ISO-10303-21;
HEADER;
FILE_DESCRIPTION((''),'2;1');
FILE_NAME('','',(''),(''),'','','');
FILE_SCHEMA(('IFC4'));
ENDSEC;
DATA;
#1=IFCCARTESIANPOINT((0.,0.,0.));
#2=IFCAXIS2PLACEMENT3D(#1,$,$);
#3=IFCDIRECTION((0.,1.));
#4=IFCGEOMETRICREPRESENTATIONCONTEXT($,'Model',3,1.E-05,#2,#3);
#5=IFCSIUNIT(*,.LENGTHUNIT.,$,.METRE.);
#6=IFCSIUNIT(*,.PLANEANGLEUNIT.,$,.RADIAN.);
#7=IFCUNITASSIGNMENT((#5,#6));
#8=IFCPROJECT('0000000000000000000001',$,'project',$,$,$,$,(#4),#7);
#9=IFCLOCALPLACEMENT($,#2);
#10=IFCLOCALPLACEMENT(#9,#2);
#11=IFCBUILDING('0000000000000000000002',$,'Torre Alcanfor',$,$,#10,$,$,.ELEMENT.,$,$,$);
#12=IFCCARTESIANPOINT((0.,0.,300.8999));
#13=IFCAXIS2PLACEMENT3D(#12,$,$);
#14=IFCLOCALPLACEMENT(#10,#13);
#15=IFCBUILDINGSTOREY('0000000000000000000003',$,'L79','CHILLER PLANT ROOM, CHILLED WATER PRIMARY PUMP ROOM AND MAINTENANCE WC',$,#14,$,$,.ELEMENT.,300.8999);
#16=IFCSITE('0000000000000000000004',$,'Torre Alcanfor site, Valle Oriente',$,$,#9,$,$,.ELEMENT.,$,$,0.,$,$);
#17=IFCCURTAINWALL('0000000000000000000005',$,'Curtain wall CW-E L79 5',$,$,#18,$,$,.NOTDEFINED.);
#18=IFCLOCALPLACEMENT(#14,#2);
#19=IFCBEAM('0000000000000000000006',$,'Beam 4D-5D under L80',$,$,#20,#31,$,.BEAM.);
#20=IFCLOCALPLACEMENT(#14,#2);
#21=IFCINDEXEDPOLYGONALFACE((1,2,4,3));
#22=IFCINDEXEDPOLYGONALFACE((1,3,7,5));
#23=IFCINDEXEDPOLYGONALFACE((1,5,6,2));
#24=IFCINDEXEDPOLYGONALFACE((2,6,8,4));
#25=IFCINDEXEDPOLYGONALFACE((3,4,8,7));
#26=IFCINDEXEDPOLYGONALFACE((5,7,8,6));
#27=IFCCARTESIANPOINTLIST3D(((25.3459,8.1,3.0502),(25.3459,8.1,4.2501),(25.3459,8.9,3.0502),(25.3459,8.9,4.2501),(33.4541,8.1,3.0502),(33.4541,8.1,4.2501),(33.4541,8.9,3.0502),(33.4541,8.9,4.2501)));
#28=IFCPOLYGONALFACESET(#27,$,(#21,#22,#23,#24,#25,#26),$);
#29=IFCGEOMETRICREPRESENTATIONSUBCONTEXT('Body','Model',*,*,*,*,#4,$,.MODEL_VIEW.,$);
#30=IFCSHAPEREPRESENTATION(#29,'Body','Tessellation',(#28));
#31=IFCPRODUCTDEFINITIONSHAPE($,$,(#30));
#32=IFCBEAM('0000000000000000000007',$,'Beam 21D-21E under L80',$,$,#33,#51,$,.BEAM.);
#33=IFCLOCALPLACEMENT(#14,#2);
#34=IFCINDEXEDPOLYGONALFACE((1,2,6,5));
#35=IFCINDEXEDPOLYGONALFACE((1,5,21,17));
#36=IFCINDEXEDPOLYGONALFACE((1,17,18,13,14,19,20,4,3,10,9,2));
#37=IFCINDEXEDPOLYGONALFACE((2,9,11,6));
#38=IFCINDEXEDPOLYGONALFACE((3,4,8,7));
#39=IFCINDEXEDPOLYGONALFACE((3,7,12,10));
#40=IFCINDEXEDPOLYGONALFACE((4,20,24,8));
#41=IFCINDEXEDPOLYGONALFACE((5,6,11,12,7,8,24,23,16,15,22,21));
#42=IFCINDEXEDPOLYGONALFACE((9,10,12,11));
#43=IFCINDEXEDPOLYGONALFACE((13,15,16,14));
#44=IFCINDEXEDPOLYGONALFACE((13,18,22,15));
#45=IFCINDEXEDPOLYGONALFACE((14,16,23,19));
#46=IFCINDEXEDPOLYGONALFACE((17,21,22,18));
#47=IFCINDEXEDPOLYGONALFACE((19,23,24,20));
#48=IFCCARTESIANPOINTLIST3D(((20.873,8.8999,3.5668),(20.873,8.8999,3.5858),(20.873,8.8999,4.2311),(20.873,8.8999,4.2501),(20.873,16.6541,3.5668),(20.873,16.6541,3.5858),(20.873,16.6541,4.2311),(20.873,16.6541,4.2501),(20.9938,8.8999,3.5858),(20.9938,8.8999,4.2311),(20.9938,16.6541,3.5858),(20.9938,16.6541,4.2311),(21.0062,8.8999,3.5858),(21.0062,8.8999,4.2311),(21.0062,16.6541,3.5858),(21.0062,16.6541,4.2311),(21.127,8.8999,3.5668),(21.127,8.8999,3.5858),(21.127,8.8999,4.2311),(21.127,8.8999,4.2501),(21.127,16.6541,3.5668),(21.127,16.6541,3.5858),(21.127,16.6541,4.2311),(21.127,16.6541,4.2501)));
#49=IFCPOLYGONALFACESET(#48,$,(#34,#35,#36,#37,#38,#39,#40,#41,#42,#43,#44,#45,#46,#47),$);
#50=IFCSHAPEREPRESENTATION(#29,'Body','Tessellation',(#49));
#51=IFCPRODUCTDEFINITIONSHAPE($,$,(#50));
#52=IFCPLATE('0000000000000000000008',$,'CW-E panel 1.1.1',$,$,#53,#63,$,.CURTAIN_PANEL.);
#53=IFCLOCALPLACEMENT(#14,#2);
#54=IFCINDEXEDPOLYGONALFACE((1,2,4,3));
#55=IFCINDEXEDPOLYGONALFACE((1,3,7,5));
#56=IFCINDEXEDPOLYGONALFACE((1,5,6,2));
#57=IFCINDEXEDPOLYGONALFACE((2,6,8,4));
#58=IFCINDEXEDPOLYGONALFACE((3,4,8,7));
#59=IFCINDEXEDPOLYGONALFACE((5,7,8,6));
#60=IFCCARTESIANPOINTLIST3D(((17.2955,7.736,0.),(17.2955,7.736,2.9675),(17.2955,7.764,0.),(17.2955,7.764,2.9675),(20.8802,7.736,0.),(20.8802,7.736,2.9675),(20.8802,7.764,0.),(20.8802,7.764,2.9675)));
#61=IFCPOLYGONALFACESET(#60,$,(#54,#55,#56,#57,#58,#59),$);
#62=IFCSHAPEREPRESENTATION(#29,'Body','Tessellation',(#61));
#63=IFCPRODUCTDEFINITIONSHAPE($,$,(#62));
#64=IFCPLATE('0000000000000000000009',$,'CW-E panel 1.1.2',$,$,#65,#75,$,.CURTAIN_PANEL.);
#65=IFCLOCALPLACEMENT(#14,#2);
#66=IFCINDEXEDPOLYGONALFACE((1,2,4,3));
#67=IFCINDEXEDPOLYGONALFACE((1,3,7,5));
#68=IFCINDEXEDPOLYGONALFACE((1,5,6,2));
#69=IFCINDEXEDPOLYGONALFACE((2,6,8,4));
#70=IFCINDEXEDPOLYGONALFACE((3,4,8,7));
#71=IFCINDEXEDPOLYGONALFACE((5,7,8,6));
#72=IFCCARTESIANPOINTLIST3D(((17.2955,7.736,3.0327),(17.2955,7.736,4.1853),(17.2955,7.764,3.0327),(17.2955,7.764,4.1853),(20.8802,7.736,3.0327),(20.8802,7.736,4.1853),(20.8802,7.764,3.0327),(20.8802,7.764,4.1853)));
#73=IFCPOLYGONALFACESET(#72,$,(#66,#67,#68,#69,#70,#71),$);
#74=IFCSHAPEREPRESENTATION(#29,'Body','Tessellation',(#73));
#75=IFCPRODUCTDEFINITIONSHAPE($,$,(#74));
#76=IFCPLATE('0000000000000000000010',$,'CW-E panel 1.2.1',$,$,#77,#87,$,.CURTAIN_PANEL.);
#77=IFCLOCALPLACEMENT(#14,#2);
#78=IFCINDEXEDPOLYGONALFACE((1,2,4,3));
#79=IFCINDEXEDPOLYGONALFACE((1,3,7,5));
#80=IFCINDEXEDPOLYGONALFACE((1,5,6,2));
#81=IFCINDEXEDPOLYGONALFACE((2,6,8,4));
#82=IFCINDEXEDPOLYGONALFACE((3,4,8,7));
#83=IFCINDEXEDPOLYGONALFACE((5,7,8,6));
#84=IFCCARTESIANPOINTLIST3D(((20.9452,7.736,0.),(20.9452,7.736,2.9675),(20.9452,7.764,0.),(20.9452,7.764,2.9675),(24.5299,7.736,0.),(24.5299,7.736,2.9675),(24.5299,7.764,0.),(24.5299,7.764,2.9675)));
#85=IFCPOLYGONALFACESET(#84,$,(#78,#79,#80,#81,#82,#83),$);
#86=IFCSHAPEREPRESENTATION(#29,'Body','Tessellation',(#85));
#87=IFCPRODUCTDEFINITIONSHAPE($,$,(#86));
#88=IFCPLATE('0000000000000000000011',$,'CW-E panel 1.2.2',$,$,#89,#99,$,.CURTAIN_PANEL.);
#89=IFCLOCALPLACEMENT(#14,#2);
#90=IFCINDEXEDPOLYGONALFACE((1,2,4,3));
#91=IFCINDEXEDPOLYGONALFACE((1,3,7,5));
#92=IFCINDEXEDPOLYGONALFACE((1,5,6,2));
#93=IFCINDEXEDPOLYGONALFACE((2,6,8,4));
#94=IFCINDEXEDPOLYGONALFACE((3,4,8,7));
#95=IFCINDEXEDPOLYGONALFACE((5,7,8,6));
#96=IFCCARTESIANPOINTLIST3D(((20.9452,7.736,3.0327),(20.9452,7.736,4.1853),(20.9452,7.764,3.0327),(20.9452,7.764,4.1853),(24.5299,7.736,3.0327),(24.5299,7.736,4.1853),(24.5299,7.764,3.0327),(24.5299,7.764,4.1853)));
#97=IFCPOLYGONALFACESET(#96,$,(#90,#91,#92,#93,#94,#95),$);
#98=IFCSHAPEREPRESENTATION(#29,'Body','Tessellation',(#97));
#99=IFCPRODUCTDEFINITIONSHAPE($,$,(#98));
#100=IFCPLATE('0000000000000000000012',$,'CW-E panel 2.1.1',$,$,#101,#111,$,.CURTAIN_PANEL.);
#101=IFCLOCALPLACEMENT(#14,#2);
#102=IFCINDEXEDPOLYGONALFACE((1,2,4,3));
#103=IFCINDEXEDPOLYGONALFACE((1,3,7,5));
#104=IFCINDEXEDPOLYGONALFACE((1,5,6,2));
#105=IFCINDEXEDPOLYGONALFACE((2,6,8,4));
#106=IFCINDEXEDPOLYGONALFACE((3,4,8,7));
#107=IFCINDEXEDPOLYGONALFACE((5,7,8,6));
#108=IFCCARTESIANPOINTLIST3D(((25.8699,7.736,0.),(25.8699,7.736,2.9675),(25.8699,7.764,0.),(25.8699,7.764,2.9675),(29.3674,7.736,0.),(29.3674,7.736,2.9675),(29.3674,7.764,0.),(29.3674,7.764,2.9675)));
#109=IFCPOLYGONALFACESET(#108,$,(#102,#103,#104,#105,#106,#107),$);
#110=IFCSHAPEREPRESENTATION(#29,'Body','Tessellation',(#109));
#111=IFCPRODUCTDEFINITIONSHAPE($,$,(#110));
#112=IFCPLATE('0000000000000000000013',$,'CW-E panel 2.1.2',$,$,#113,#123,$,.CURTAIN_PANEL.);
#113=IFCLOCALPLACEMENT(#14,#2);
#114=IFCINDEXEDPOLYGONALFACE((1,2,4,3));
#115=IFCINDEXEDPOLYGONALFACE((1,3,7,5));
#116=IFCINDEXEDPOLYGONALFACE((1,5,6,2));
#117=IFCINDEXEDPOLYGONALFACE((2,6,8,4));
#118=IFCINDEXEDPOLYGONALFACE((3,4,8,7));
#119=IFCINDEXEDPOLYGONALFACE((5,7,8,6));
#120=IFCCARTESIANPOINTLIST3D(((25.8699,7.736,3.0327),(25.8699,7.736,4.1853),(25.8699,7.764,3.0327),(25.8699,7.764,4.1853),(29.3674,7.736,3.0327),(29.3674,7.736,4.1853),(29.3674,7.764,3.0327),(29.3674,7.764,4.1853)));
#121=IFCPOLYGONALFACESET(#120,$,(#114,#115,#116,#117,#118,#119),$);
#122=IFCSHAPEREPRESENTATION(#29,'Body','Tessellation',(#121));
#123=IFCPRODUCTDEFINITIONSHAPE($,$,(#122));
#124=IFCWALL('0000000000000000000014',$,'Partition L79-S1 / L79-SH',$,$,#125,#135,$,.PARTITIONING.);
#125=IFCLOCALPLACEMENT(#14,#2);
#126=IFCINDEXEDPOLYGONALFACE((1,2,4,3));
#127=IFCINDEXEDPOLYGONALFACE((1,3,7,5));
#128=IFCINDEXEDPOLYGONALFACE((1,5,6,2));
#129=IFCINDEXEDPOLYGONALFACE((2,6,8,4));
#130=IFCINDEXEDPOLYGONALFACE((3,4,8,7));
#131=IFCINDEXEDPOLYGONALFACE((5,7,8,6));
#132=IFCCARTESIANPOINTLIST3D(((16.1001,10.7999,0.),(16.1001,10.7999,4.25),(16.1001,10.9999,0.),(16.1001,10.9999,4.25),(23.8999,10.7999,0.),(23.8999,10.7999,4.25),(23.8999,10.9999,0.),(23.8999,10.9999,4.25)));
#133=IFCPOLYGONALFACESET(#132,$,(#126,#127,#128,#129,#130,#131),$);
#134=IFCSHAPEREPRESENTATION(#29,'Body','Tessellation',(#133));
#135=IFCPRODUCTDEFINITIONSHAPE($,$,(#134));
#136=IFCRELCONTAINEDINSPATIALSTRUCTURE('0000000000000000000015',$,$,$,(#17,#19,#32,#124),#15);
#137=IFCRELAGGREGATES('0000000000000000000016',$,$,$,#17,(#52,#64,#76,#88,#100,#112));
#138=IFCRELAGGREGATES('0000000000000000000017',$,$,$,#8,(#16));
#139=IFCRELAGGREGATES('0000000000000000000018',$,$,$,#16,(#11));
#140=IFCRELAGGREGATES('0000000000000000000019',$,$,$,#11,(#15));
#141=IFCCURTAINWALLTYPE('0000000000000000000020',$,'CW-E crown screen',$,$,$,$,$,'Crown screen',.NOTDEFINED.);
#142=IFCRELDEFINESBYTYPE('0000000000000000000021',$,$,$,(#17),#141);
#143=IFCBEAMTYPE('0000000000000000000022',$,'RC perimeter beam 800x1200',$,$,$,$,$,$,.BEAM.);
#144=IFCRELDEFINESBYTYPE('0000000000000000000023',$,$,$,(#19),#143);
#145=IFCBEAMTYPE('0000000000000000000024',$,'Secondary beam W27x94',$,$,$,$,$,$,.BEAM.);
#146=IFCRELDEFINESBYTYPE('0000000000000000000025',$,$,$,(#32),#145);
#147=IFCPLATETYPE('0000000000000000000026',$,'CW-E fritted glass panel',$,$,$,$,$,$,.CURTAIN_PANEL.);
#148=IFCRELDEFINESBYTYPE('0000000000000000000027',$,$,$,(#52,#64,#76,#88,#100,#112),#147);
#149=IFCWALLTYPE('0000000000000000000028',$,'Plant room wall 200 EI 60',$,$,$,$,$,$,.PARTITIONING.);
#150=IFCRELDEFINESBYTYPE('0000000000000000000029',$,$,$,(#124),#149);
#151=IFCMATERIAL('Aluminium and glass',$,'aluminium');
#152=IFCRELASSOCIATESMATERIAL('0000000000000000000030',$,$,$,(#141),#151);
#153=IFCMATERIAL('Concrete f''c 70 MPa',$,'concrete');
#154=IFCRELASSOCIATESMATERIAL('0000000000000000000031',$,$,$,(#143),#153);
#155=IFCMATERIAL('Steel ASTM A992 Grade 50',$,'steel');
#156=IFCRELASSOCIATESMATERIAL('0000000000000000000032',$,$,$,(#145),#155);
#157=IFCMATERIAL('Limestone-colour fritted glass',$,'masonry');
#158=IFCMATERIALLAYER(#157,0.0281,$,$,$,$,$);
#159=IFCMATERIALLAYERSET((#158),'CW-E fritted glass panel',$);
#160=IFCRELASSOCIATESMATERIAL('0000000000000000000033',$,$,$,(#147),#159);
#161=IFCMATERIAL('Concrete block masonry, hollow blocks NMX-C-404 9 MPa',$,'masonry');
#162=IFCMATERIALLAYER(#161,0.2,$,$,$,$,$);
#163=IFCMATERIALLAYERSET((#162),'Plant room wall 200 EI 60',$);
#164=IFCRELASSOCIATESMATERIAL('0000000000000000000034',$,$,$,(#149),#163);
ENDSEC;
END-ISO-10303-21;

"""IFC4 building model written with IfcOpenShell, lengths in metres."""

from ifc_helpers import new_model, si_unit, direction, frame, frame_2d, origin, origin_2d, place, context, subcontext, project, spatial, rectangle, i_section, extrude, material, layer, layer_set, material_profile, profile_set, type_object, element, aggregate, save


model = new_model("IFC4")

# Units and contexts
model_context = context("Model", 3, precision=1e-05, world=origin(), true_north=direction((0.0, 1.0)))
body_context = subcontext(model_context, "Body", "Model", "MODEL_VIEW")
ifc_project = project(units=[si_unit("LENGTHUNIT", "METRE"), si_unit("PLANEANGLEUNIT", "RADIAN")], contexts=[model_context])

# Site, building, storey
site_placement = place(None, origin())
site = spatial("IfcSite", under=ifc_project, at=site_placement, Name="Torre Alcanfor site, Valle Oriente", CompositionType="ELEMENT", RefElevation=0.0)
building_placement = place(site_placement, origin())
building = spatial("IfcBuilding", under=site, at=building_placement, Name="Torre Alcanfor", CompositionType="ELEMENT")
storey_placement = place(building_placement, frame((0.0, 0.0, 300.8999)))
storey = spatial("IfcBuildingStorey", under=building, at=storey_placement, Name="L79", Description="CHILLER PLANT ROOM, CHILLED WATER PRIMARY PUMP ROOM AND MAINTENANCE WC", CompositionType="ELEMENT", Elevation=300.8999)

# Curtain wall
ifc_material_1 = material(Name="Aluminium and glass", Category="aluminium")
curtain_wall_type = type_object("IfcCurtainWallType", Name="CW-E crown screen", ElementType="Crown screen", PredefinedType="NOTDEFINED", material=ifc_material_1)
curtain_wall_placement = place(storey_placement, origin())
curtain_wall = element("IfcCurtainWall", 1, at=curtain_wall_placement, inside=storey, type_object=curtain_wall_type, Name="Curtain wall CW-E L79 5", PredefinedType="NOTDEFINED")

# Beams
ifc_material_2 = material(Name="Concrete f'c 70 MPa", Category="concrete")
ifc_material_profile_1 = material_profile(ifc_material_2, rectangle(XDim=0.8, YDim=1.2, at=origin_2d()), Name="800x1200")
ifc_profile_set_1 = profile_set([ifc_material_profile_1], Name="Concrete f'c 70 MPa")
beam_type_1 = type_object("IfcBeamType", Name="RC perimeter beam 800x1200", PredefinedType="BEAM", material=ifc_profile_set_1)
beam_1_placement = place(storey_placement, frame((25.3459, 8.5, 3.6501), z_axis=(1.0, 0.0, 0.0), x_axis=(0.0, 1.0, 0.0)))
element("IfcBeam", 2, at=beam_1_placement, inside=storey, type_object=beam_type_1, Name="Beam 4D-5D under L80", PredefinedType="BEAM", context=body_context, shape_type="SweptSolid", body=[
    extrude(rectangle(XDim=0.8, YDim=1.2, at=origin_2d()), origin(), (0.0, 0.0, 1.0), 8.1082),
])
ifc_material_3 = material(Name="Steel ASTM A992 Grade 50", Category="steel")
ifc_material_profile_2 = material_profile(ifc_material_3, i_section(OverallWidth=0.2539, OverallDepth=0.6833, WebThickness=0.0125, FlangeThickness=0.019, at=origin_2d()), Name="W27x94")
ifc_profile_set_2 = profile_set([ifc_material_profile_2], Name="Steel ASTM A992 Grade 50")
beam_type_2 = type_object("IfcBeamType", Name="Secondary beam W27x94", PredefinedType="BEAM", material=ifc_profile_set_2)
beam_2_placement = place(storey_placement, frame((21.0, 8.8999, 3.9084), z_axis=(0.0, 1.0, 0.0), x_axis=(-1.0, 0.0, 0.0)))
element("IfcBeam", 3, at=beam_2_placement, inside=storey, type_object=beam_type_2, Name="Beam 21D-21E under L80", PredefinedType="BEAM", context=body_context, shape_type="SweptSolid", body=[
    extrude(i_section(OverallWidth=0.2539, OverallDepth=0.6833, WebThickness=0.0125, FlangeThickness=0.019, at=origin_2d()), origin(), (0.0, 0.0, 1.0), 7.7542),
])

# Plates
ifc_material_4 = material(Name="Limestone-colour fritted glass", Category="masonry")
ifc_layer_1 = layer(ifc_material_4, 0.0281)
ifc_layer_set_1 = layer_set([ifc_layer_1], Name="CW-E fritted glass panel")
plate_type = type_object("IfcPlateType", Name="CW-E fritted glass panel", PredefinedType="CURTAIN_PANEL", material=ifc_layer_set_1)
plate_1_placement = place(storey_placement, frame((19.0879, 7.75, 0.0), z_axis=(0.0, 0.0, 1.0), x_axis=(1.0, 0.0, 0.0)))
plate_1 = element("IfcPlate", 4, at=plate_1_placement, type_object=plate_type, Name="CW-E panel 1.1.1", PredefinedType="CURTAIN_PANEL", context=body_context, shape_type="SweptSolid", body=[
    extrude(rectangle(XDim=3.5847, YDim=0.0281, at=origin_2d()), origin(), (0.0, 0.0, 1.0), 2.9675),
])
plate_2_placement = place(storey_placement, frame((19.0879, 7.75, 3.0327), z_axis=(0.0, 0.0, 1.0), x_axis=(1.0, 0.0, 0.0)))
plate_2 = element("IfcPlate", 5, at=plate_2_placement, type_object=plate_type, Name="CW-E panel 1.1.2", PredefinedType="CURTAIN_PANEL", context=body_context, shape_type="SweptSolid", body=[
    extrude(rectangle(XDim=3.5847, YDim=0.0281, at=origin_2d()), origin(), (0.0, 0.0, 1.0), 1.1526),
])
plate_3_placement = place(storey_placement, frame((22.7375, 7.75, 0.0), z_axis=(0.0, 0.0, 1.0), x_axis=(1.0, 0.0, 0.0)))
plate_3 = element("IfcPlate", 6, at=plate_3_placement, type_object=plate_type, Name="CW-E panel 1.2.1", PredefinedType="CURTAIN_PANEL", context=body_context, shape_type="SweptSolid", body=[
    extrude(rectangle(XDim=3.5847, YDim=0.0281, at=origin_2d()), origin(), (0.0, 0.0, 1.0), 2.9675),
])
plate_4_placement = place(storey_placement, frame((22.7375, 7.75, 3.0327), z_axis=(0.0, 0.0, 1.0), x_axis=(1.0, 0.0, 0.0)))
plate_4 = element("IfcPlate", 7, at=plate_4_placement, type_object=plate_type, Name="CW-E panel 1.2.2", PredefinedType="CURTAIN_PANEL", context=body_context, shape_type="SweptSolid", body=[
    extrude(rectangle(XDim=3.5847, YDim=0.0281, at=origin_2d()), origin(), (0.0, 0.0, 1.0), 1.1526),
])
plate_5_placement = place(storey_placement, frame((27.6187, 7.75, 0.0), z_axis=(0.0, 0.0, 1.0), x_axis=(1.0, 0.0, 0.0)))
plate_5 = element("IfcPlate", 8, at=plate_5_placement, type_object=plate_type, Name="CW-E panel 2.1.1", PredefinedType="CURTAIN_PANEL", context=body_context, shape_type="SweptSolid", body=[
    extrude(rectangle(XDim=3.4976, YDim=0.0281, at=origin_2d()), origin(), (0.0, 0.0, 1.0), 2.9675),
])
plate_6_placement = place(storey_placement, frame((27.6187, 7.75, 3.0327), z_axis=(0.0, 0.0, 1.0), x_axis=(1.0, 0.0, 0.0)))
plate_6 = element("IfcPlate", 9, at=plate_6_placement, type_object=plate_type, Name="CW-E panel 2.1.2", PredefinedType="CURTAIN_PANEL", context=body_context, shape_type="SweptSolid", body=[
    extrude(rectangle(XDim=3.4976, YDim=0.0281, at=origin_2d()), origin(), (0.0, 0.0, 1.0), 1.1526),
])
aggregate(curtain_wall, [plate_1, plate_2, plate_3, plate_4, plate_5, plate_6])

# Wall
ifc_material_5 = material(Name="Concrete block masonry, hollow blocks NMX-C-404 9 MPa", Category="masonry")
ifc_layer_2 = layer(ifc_material_5, 0.2)
ifc_layer_set_2 = layer_set([ifc_layer_2], Name="Plant room wall 200 EI 60")
wall_type = type_object("IfcWallType", Name="Plant room wall 200 EI 60", PredefinedType="PARTITIONING", material=ifc_layer_set_2)
wall_1_placement = place(storey_placement, frame((23.8999, 10.8999, 0.0), z_axis=(0.0, 0.0, 1.0), x_axis=(-1.0, 0.0, 0.0)))
element("IfcWall", 10, at=wall_1_placement, inside=storey, type_object=wall_type, Name="Partition L79-S1 / L79-SH", PredefinedType="PARTITIONING", context=body_context, shape_type="SweptSolid", body=[
    extrude(rectangle(XDim=7.7998, YDim=0.2, at=frame_2d((3.8999, 0.0))), origin(), (0.0, 0.0, 1.0), 4.25),
])

save(model, "model.ifc")
